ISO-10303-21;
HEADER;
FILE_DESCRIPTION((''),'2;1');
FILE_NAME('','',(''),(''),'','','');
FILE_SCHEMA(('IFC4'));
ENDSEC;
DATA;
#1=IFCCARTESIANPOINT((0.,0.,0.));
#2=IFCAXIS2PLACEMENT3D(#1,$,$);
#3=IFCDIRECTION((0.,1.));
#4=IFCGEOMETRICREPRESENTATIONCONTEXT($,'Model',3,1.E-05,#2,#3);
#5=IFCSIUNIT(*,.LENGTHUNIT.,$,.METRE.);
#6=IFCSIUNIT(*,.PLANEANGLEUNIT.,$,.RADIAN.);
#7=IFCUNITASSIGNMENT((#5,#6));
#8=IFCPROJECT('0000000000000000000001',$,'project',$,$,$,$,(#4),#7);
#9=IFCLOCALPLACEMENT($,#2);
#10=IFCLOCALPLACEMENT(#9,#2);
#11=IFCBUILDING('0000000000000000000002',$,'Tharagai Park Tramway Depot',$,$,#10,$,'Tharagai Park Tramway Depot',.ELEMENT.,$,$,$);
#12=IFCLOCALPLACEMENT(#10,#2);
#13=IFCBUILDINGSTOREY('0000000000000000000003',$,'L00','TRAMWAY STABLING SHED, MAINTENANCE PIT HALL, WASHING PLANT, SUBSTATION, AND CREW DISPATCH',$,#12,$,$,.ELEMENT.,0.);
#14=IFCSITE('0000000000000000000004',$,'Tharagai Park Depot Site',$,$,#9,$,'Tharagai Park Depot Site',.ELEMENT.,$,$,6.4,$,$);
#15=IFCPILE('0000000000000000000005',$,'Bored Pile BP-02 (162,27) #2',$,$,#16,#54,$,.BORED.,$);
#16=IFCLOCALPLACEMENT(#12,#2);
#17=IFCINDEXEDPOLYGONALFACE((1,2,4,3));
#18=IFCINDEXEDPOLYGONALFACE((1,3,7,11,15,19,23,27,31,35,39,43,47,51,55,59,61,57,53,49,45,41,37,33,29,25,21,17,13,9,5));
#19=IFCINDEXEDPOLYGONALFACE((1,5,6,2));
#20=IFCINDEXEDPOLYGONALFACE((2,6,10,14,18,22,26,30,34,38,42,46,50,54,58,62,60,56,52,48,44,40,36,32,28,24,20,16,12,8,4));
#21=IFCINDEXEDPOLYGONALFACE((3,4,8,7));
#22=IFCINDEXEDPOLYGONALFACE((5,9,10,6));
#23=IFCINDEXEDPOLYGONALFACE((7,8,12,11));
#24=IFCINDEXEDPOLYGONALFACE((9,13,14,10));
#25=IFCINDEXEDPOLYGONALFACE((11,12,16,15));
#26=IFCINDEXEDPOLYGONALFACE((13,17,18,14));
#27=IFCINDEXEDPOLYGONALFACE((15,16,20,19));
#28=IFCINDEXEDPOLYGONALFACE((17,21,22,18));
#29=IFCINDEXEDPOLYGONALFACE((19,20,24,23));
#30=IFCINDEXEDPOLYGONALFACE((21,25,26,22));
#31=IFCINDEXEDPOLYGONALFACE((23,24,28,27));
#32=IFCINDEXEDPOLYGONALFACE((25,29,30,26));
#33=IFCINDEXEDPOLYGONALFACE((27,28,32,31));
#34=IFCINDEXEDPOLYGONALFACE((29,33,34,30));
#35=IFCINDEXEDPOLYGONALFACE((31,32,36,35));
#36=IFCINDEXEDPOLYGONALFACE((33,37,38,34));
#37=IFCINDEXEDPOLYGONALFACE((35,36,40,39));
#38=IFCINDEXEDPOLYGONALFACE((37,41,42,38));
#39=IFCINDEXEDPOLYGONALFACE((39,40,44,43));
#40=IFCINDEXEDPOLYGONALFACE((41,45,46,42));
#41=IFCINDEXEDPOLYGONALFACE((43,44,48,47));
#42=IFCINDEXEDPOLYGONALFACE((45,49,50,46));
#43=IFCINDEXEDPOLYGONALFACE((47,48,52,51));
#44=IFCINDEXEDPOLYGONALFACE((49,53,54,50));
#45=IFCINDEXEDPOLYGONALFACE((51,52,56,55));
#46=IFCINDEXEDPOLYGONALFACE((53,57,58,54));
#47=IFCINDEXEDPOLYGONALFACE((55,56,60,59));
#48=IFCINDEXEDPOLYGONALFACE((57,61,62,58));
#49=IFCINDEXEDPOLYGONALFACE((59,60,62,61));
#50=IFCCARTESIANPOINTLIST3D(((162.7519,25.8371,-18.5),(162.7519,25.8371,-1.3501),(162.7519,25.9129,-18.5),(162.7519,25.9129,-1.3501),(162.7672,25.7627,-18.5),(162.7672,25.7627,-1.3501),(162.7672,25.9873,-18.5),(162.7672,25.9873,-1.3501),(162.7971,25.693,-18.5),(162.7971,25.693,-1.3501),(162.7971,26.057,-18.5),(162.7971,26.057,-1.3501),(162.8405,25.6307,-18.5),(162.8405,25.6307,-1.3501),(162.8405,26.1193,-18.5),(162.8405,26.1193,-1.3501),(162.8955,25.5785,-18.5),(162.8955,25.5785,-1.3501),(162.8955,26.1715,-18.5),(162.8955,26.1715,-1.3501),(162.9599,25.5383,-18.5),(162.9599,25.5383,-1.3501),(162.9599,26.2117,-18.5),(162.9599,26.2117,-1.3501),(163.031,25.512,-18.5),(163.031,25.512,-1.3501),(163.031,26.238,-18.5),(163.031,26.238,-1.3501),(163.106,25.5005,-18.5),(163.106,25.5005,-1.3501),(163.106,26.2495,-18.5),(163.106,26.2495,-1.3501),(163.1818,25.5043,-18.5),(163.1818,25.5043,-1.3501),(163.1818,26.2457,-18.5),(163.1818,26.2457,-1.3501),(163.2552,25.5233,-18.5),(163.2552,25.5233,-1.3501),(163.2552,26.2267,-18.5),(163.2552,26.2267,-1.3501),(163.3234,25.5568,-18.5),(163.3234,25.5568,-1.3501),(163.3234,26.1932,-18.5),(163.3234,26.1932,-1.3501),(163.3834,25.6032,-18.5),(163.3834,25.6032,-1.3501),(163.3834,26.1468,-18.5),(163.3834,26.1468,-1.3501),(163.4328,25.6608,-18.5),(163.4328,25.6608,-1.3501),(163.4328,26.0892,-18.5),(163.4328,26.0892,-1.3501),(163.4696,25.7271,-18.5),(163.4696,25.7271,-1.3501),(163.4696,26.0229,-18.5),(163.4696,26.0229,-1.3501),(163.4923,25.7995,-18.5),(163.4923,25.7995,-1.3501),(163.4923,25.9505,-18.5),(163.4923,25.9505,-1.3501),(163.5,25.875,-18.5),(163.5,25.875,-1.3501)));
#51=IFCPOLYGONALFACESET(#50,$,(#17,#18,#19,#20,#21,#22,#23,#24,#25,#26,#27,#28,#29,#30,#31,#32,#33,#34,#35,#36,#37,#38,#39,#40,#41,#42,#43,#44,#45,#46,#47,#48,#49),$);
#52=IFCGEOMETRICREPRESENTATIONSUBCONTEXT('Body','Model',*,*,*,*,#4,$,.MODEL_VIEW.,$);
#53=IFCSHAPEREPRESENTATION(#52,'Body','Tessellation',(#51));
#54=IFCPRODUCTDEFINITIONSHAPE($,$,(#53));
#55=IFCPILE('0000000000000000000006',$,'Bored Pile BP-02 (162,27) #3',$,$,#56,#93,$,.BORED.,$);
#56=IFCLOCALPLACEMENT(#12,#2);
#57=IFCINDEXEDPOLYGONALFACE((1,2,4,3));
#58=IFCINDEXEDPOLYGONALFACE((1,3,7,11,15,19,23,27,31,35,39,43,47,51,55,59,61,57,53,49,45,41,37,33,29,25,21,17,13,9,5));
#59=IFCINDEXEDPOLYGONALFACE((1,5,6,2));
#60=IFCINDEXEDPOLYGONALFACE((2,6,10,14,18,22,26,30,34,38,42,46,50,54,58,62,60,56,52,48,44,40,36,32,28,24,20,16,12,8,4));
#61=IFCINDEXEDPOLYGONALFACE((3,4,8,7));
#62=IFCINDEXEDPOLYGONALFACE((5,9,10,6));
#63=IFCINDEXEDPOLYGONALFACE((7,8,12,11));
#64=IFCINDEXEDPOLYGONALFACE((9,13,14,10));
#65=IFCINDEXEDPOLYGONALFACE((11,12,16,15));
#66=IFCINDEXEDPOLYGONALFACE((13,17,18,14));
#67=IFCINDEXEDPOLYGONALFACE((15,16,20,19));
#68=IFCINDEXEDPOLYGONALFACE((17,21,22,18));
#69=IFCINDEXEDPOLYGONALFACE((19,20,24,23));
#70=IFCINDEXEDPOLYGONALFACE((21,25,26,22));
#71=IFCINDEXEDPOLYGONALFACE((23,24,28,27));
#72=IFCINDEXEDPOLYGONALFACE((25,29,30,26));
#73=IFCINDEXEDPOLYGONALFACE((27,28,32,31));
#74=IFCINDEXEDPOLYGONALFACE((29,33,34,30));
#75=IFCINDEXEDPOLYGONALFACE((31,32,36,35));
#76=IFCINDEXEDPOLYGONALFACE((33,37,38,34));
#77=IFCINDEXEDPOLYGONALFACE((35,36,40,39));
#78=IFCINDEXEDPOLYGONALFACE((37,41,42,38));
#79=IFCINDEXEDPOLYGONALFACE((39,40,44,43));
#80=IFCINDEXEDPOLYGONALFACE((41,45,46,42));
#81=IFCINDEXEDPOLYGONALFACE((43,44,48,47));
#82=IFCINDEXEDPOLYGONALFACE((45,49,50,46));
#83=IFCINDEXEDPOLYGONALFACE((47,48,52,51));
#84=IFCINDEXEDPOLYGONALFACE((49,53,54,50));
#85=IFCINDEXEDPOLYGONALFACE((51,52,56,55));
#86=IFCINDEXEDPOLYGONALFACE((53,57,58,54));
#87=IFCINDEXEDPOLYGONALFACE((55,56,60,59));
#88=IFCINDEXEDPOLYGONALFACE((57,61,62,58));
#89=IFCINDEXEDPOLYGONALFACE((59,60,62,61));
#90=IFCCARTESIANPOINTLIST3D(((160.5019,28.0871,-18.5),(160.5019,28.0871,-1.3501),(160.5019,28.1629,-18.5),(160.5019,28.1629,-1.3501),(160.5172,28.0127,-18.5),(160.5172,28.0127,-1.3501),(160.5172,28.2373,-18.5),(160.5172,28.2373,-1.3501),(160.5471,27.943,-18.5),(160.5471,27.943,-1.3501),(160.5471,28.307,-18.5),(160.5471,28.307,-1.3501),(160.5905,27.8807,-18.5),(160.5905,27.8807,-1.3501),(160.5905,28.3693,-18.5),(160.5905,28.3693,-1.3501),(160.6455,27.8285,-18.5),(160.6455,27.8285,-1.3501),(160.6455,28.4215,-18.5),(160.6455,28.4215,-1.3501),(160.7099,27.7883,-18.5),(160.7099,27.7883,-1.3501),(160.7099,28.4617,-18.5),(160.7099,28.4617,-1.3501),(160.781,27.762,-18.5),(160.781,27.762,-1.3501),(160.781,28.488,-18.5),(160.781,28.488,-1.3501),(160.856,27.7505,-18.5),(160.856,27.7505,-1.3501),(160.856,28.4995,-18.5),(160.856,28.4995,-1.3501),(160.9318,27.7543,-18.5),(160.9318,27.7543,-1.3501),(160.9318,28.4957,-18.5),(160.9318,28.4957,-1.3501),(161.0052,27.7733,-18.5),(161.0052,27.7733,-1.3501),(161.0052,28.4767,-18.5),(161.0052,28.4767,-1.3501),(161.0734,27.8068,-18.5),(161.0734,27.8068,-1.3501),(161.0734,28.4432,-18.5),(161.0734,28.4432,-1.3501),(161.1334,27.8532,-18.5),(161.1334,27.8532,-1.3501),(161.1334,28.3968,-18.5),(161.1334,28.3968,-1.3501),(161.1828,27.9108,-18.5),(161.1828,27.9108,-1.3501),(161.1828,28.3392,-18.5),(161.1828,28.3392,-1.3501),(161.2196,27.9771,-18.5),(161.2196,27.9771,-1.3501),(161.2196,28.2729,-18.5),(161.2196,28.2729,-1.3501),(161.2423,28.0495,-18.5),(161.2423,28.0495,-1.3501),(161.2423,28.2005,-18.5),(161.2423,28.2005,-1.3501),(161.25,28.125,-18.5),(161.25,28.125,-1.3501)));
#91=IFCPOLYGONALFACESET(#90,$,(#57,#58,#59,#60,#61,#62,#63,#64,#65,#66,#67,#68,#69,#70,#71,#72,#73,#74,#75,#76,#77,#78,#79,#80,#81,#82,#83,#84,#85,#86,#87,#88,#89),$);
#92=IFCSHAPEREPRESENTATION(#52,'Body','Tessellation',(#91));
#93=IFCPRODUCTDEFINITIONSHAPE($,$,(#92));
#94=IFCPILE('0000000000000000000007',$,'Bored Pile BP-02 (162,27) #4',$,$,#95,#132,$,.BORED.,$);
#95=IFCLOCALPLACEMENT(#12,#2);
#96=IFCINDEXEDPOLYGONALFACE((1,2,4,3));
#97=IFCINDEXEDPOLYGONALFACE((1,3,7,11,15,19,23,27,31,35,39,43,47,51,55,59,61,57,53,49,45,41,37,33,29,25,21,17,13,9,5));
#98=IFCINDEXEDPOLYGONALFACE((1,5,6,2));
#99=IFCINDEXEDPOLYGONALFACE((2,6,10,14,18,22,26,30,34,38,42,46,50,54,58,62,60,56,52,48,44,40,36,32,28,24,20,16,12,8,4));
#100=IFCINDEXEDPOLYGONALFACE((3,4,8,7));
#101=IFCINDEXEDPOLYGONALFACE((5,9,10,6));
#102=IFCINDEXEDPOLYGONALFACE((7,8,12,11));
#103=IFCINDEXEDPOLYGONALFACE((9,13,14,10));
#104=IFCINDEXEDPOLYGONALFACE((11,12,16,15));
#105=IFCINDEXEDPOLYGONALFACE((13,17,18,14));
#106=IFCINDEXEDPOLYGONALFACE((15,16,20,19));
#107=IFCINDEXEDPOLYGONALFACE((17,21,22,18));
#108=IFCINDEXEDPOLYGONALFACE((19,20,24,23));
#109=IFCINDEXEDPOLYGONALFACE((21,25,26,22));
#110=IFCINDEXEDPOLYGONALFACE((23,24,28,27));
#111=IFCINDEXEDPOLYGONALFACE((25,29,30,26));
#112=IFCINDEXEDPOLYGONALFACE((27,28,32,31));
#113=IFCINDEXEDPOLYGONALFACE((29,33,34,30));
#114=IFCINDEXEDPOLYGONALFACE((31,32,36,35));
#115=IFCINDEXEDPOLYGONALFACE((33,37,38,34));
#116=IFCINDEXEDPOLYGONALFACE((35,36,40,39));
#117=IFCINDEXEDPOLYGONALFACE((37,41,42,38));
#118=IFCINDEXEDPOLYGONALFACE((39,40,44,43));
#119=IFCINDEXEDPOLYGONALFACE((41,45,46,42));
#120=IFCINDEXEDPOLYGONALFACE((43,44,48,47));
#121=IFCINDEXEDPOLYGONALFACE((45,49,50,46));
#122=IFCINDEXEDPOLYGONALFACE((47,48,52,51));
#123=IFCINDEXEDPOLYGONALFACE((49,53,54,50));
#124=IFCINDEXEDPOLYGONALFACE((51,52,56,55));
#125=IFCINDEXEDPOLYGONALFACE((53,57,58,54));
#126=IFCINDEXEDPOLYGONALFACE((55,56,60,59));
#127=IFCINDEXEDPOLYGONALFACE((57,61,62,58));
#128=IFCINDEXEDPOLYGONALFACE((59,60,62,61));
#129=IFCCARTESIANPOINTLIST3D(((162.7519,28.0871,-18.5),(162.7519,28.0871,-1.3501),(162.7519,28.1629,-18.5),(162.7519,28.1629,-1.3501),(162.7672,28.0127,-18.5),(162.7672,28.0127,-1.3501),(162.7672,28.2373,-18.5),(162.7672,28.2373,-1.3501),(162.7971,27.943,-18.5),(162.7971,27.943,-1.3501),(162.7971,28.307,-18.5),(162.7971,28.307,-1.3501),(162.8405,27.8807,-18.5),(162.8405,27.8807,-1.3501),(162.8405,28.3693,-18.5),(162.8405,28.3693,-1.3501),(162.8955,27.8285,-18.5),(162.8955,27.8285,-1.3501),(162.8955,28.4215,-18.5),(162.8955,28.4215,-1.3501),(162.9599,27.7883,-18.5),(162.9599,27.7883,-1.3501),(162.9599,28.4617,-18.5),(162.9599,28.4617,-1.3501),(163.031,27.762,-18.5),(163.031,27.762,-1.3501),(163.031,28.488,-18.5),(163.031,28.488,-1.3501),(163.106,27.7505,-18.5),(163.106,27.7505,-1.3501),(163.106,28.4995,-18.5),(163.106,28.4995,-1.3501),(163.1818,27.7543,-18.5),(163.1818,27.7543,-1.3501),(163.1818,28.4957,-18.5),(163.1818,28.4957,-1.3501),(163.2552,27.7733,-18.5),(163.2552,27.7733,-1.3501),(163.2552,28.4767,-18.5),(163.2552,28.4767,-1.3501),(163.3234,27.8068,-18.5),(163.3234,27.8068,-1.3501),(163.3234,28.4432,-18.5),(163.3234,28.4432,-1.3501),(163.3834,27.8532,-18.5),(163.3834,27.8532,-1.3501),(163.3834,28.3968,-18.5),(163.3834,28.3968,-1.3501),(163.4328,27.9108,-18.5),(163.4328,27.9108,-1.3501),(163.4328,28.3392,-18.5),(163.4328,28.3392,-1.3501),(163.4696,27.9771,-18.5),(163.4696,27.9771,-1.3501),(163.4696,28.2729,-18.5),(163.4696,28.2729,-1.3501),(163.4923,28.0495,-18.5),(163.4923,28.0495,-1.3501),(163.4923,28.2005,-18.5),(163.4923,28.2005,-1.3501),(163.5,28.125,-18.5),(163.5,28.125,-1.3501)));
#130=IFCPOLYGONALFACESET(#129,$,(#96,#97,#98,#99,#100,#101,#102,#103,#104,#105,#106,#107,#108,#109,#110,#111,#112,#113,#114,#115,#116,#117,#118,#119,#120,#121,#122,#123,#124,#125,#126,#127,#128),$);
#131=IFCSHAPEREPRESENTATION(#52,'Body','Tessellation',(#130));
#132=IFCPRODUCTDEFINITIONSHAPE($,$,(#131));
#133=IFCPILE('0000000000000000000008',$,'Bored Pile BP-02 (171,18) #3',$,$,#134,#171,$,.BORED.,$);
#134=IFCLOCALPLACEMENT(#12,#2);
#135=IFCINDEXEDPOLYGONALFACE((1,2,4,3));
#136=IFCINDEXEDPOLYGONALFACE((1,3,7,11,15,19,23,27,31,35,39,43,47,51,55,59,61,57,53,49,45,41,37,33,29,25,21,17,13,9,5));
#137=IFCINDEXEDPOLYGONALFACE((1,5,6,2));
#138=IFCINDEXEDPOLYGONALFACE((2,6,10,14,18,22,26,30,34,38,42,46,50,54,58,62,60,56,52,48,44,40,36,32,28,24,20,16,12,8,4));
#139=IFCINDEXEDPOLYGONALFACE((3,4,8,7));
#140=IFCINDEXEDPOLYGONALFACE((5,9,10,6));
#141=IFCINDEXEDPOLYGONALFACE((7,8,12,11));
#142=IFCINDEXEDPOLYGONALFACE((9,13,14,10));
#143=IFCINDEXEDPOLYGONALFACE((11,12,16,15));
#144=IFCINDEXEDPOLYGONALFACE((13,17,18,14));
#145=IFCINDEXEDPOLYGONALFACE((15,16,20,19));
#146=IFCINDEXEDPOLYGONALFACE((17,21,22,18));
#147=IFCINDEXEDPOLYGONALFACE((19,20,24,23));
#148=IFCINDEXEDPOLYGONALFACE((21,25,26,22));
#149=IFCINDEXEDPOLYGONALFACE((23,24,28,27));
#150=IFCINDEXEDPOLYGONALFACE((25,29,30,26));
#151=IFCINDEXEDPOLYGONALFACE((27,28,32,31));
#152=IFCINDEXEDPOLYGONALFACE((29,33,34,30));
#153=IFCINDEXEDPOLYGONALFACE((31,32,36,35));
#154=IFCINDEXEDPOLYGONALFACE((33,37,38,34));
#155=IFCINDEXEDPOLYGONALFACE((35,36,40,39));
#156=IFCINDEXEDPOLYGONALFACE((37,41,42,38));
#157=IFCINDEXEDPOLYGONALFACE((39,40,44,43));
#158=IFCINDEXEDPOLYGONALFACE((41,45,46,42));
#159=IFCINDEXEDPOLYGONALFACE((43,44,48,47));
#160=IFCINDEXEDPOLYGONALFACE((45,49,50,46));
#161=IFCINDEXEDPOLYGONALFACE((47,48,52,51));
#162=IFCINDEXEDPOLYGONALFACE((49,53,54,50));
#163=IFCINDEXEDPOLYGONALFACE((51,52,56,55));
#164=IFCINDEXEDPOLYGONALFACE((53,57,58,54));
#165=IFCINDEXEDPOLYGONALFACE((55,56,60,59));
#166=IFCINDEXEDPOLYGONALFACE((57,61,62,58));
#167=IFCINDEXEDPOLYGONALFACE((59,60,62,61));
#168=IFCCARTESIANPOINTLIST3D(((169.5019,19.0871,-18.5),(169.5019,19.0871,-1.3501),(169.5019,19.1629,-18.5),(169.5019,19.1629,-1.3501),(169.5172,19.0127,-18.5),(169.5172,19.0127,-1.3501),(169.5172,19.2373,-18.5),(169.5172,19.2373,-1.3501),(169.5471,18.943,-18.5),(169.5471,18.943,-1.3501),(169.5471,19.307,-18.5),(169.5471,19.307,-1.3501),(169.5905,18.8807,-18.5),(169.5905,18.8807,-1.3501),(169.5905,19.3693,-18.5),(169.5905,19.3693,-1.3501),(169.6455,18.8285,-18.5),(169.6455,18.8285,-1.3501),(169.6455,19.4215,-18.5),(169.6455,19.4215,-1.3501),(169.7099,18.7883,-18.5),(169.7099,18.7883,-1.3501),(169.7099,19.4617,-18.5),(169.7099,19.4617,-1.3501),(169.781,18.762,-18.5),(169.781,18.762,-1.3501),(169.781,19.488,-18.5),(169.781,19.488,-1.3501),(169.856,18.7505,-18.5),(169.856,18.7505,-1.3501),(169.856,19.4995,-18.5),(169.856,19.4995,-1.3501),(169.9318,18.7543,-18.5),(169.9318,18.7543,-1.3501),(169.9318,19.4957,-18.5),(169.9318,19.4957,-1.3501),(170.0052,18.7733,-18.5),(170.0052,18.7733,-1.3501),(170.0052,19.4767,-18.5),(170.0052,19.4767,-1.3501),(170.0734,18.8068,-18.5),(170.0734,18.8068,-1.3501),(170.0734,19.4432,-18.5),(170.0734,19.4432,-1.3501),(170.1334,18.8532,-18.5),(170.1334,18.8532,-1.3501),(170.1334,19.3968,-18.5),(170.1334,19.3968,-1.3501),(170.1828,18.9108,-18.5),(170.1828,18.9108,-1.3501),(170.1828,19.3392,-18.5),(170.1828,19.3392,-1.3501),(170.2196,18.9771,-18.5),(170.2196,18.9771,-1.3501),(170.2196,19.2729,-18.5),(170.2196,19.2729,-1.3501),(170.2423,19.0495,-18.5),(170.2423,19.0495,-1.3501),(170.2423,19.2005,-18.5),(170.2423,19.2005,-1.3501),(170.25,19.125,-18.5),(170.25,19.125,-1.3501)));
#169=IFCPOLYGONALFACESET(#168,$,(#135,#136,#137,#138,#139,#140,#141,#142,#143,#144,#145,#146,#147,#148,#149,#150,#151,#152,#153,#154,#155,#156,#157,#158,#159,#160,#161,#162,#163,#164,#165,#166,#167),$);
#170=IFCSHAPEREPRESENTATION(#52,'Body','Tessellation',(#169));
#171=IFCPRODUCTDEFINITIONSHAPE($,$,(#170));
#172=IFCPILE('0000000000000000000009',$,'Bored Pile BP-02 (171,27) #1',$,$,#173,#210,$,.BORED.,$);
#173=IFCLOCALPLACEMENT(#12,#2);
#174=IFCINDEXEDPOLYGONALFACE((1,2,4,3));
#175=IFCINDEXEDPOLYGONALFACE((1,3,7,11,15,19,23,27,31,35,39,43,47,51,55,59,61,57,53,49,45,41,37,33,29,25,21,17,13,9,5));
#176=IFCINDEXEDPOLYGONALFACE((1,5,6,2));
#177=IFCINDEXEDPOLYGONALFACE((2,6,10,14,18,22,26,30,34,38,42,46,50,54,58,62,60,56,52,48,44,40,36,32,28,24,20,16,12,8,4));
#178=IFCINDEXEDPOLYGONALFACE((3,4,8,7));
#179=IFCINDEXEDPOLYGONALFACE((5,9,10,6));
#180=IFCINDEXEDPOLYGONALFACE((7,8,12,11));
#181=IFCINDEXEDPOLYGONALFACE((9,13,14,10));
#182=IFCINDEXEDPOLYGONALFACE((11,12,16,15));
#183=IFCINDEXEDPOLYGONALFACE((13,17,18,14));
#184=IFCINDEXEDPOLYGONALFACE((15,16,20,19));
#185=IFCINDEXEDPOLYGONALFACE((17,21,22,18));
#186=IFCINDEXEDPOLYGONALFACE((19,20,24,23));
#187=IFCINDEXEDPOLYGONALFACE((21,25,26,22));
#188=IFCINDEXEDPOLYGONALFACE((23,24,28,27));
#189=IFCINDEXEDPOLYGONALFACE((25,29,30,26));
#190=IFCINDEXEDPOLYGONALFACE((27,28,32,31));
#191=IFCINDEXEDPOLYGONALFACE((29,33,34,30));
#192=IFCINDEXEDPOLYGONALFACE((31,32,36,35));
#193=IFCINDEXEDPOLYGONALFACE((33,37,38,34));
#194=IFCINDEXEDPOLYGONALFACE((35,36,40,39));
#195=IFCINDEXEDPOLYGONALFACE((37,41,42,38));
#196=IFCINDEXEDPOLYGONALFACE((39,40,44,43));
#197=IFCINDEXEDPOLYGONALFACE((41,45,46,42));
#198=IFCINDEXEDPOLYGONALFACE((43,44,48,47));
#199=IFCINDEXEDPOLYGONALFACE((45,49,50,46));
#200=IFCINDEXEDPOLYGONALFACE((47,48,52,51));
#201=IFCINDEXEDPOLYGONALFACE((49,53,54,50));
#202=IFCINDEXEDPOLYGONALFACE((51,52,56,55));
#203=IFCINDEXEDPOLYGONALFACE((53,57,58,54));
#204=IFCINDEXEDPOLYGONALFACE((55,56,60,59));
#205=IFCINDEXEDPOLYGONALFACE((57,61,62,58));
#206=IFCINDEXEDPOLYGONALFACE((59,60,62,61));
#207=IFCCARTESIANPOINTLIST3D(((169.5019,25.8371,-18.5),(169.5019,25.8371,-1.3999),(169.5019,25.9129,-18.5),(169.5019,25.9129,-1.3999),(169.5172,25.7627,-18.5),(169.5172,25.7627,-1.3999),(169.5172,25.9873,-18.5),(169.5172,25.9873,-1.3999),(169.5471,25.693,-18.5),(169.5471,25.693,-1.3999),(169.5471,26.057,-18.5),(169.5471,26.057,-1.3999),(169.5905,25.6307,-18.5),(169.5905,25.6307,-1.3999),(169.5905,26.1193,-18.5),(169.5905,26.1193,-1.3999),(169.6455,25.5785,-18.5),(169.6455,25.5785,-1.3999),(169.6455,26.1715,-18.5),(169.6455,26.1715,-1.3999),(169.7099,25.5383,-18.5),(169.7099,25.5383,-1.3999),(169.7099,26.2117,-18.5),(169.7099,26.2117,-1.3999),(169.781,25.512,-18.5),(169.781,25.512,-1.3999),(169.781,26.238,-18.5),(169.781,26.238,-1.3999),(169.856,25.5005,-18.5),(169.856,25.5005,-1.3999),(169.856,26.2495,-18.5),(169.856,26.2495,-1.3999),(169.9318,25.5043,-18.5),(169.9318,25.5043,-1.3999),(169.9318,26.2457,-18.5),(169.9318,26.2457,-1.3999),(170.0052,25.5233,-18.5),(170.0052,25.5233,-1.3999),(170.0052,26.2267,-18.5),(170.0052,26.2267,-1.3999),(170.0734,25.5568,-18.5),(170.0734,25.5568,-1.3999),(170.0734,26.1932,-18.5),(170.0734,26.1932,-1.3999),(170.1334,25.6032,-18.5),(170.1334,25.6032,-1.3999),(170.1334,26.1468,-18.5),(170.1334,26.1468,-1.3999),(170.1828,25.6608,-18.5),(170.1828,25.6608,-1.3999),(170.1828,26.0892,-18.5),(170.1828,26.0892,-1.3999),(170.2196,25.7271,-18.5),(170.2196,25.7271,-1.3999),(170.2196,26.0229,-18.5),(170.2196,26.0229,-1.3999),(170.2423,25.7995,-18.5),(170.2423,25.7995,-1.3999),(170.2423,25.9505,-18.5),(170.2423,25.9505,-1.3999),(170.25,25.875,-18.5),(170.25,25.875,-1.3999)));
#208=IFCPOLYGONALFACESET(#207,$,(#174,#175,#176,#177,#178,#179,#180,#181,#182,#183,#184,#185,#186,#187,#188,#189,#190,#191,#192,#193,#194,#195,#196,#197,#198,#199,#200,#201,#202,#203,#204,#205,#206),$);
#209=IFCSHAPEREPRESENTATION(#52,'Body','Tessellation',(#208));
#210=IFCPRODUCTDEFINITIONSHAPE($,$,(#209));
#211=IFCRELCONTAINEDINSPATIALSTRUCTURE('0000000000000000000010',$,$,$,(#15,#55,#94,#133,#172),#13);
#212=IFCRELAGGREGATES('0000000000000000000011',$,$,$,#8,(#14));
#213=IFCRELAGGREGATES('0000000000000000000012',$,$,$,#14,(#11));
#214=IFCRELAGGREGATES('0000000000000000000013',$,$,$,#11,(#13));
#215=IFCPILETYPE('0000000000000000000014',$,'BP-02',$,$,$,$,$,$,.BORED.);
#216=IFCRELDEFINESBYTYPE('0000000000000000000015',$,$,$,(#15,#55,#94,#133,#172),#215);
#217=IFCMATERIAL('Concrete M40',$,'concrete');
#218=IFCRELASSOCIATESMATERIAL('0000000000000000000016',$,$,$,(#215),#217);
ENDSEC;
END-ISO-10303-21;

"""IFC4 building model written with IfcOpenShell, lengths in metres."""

from ifc_helpers import new_model, si_unit, direction, frame, origin, origin_2d, place, context, subcontext, project, spatial, circle, extrude, material, material_profile, profile_set, type_object, element, save


model = new_model("IFC4")

# Units and contexts
model_context = context("Model", 3, precision=1e-05, world=origin(), true_north=direction((0.0, 1.0)))
body_context = subcontext(model_context, "Body", "Model", "MODEL_VIEW")
ifc_project = project(units=[si_unit("LENGTHUNIT", "METRE"), si_unit("PLANEANGLEUNIT", "RADIAN")], contexts=[model_context])

# Site, building, storey
site_placement = place(None, origin())
site = spatial("IfcSite", under=ifc_project, at=site_placement, Name="Tharagai Park Depot Site", LongName="Tharagai Park Depot Site", CompositionType="ELEMENT", RefElevation=6.4)
building_placement = place(site_placement, origin())
building = spatial("IfcBuilding", under=site, at=building_placement, Name="Tharagai Park Tramway Depot", LongName="Tharagai Park Tramway Depot", CompositionType="ELEMENT")
storey_placement = place(building_placement, origin())
storey = spatial("IfcBuildingStorey", under=building, at=storey_placement, Name="L00", Description="TRAMWAY STABLING SHED, MAINTENANCE PIT HALL, WASHING PLANT, SUBSTATION, AND CREW DISPATCH", CompositionType="ELEMENT", Elevation=0.0)

# Piles
ifc_material_1 = material(Name="Concrete M40", Category="concrete")
ifc_material_profile_1 = material_profile(ifc_material_1, circle(Radius=0.375, at=origin_2d()), Name="PILE D750")
ifc_profile_set_1 = profile_set([ifc_material_profile_1], Name="Concrete M40")
pile_type_1 = type_object("IfcPileType", Name="BP-02", PredefinedType="BORED", material=ifc_profile_set_1)
for number, where, z_axis, x_axis, name in (
    (1, (163.125, 25.875, -1.3501), (0.0, 0.0, -1.0), (1.0, 0.0, 0.0), "Bored Pile BP-02 (162,27) #2"),
    (2, (160.875, 28.125, -1.3501), (0.0, 0.0, -1.0), (1.0, 0.0, 0.0), "Bored Pile BP-02 (162,27) #3"),
    (3, (163.125, 28.125, -1.3501), (0.0, 0.0, -1.0), (1.0, 0.0, 0.0), "Bored Pile BP-02 (162,27) #4"),
    (4, (169.875, 19.125, -1.3501), (0.0, 0.0, -1.0), (1.0, 0.0, 0.0), "Bored Pile BP-02 (171,18) #3"),
):
    element("IfcPile", number, at=place(storey_placement, frame(where, z_axis=z_axis, x_axis=x_axis)), inside=storey, type_object=pile_type_1, Name=name, PredefinedType="BORED", context=body_context, shape_type="SweptSolid", body=[
        extrude(circle(Radius=0.375, at=origin_2d()), origin(), (0.0, 0.0, 1.0), 17.1499),
    ])
pile_1_placement = place(storey_placement, frame((169.875, 25.875, -1.3999), z_axis=(0.0, 0.0, -1.0), x_axis=(1.0, 0.0, 0.0)))
element("IfcPile", 5, at=pile_1_placement, inside=storey, type_object=pile_type_1, Name="Bored Pile BP-02 (171,27) #1", PredefinedType="BORED", context=body_context, shape_type="SweptSolid", body=[
    extrude(circle(Radius=0.375, at=origin_2d()), origin(), (0.0, 0.0, 1.0), 17.1001),
])

save(model, "model.ifc")
